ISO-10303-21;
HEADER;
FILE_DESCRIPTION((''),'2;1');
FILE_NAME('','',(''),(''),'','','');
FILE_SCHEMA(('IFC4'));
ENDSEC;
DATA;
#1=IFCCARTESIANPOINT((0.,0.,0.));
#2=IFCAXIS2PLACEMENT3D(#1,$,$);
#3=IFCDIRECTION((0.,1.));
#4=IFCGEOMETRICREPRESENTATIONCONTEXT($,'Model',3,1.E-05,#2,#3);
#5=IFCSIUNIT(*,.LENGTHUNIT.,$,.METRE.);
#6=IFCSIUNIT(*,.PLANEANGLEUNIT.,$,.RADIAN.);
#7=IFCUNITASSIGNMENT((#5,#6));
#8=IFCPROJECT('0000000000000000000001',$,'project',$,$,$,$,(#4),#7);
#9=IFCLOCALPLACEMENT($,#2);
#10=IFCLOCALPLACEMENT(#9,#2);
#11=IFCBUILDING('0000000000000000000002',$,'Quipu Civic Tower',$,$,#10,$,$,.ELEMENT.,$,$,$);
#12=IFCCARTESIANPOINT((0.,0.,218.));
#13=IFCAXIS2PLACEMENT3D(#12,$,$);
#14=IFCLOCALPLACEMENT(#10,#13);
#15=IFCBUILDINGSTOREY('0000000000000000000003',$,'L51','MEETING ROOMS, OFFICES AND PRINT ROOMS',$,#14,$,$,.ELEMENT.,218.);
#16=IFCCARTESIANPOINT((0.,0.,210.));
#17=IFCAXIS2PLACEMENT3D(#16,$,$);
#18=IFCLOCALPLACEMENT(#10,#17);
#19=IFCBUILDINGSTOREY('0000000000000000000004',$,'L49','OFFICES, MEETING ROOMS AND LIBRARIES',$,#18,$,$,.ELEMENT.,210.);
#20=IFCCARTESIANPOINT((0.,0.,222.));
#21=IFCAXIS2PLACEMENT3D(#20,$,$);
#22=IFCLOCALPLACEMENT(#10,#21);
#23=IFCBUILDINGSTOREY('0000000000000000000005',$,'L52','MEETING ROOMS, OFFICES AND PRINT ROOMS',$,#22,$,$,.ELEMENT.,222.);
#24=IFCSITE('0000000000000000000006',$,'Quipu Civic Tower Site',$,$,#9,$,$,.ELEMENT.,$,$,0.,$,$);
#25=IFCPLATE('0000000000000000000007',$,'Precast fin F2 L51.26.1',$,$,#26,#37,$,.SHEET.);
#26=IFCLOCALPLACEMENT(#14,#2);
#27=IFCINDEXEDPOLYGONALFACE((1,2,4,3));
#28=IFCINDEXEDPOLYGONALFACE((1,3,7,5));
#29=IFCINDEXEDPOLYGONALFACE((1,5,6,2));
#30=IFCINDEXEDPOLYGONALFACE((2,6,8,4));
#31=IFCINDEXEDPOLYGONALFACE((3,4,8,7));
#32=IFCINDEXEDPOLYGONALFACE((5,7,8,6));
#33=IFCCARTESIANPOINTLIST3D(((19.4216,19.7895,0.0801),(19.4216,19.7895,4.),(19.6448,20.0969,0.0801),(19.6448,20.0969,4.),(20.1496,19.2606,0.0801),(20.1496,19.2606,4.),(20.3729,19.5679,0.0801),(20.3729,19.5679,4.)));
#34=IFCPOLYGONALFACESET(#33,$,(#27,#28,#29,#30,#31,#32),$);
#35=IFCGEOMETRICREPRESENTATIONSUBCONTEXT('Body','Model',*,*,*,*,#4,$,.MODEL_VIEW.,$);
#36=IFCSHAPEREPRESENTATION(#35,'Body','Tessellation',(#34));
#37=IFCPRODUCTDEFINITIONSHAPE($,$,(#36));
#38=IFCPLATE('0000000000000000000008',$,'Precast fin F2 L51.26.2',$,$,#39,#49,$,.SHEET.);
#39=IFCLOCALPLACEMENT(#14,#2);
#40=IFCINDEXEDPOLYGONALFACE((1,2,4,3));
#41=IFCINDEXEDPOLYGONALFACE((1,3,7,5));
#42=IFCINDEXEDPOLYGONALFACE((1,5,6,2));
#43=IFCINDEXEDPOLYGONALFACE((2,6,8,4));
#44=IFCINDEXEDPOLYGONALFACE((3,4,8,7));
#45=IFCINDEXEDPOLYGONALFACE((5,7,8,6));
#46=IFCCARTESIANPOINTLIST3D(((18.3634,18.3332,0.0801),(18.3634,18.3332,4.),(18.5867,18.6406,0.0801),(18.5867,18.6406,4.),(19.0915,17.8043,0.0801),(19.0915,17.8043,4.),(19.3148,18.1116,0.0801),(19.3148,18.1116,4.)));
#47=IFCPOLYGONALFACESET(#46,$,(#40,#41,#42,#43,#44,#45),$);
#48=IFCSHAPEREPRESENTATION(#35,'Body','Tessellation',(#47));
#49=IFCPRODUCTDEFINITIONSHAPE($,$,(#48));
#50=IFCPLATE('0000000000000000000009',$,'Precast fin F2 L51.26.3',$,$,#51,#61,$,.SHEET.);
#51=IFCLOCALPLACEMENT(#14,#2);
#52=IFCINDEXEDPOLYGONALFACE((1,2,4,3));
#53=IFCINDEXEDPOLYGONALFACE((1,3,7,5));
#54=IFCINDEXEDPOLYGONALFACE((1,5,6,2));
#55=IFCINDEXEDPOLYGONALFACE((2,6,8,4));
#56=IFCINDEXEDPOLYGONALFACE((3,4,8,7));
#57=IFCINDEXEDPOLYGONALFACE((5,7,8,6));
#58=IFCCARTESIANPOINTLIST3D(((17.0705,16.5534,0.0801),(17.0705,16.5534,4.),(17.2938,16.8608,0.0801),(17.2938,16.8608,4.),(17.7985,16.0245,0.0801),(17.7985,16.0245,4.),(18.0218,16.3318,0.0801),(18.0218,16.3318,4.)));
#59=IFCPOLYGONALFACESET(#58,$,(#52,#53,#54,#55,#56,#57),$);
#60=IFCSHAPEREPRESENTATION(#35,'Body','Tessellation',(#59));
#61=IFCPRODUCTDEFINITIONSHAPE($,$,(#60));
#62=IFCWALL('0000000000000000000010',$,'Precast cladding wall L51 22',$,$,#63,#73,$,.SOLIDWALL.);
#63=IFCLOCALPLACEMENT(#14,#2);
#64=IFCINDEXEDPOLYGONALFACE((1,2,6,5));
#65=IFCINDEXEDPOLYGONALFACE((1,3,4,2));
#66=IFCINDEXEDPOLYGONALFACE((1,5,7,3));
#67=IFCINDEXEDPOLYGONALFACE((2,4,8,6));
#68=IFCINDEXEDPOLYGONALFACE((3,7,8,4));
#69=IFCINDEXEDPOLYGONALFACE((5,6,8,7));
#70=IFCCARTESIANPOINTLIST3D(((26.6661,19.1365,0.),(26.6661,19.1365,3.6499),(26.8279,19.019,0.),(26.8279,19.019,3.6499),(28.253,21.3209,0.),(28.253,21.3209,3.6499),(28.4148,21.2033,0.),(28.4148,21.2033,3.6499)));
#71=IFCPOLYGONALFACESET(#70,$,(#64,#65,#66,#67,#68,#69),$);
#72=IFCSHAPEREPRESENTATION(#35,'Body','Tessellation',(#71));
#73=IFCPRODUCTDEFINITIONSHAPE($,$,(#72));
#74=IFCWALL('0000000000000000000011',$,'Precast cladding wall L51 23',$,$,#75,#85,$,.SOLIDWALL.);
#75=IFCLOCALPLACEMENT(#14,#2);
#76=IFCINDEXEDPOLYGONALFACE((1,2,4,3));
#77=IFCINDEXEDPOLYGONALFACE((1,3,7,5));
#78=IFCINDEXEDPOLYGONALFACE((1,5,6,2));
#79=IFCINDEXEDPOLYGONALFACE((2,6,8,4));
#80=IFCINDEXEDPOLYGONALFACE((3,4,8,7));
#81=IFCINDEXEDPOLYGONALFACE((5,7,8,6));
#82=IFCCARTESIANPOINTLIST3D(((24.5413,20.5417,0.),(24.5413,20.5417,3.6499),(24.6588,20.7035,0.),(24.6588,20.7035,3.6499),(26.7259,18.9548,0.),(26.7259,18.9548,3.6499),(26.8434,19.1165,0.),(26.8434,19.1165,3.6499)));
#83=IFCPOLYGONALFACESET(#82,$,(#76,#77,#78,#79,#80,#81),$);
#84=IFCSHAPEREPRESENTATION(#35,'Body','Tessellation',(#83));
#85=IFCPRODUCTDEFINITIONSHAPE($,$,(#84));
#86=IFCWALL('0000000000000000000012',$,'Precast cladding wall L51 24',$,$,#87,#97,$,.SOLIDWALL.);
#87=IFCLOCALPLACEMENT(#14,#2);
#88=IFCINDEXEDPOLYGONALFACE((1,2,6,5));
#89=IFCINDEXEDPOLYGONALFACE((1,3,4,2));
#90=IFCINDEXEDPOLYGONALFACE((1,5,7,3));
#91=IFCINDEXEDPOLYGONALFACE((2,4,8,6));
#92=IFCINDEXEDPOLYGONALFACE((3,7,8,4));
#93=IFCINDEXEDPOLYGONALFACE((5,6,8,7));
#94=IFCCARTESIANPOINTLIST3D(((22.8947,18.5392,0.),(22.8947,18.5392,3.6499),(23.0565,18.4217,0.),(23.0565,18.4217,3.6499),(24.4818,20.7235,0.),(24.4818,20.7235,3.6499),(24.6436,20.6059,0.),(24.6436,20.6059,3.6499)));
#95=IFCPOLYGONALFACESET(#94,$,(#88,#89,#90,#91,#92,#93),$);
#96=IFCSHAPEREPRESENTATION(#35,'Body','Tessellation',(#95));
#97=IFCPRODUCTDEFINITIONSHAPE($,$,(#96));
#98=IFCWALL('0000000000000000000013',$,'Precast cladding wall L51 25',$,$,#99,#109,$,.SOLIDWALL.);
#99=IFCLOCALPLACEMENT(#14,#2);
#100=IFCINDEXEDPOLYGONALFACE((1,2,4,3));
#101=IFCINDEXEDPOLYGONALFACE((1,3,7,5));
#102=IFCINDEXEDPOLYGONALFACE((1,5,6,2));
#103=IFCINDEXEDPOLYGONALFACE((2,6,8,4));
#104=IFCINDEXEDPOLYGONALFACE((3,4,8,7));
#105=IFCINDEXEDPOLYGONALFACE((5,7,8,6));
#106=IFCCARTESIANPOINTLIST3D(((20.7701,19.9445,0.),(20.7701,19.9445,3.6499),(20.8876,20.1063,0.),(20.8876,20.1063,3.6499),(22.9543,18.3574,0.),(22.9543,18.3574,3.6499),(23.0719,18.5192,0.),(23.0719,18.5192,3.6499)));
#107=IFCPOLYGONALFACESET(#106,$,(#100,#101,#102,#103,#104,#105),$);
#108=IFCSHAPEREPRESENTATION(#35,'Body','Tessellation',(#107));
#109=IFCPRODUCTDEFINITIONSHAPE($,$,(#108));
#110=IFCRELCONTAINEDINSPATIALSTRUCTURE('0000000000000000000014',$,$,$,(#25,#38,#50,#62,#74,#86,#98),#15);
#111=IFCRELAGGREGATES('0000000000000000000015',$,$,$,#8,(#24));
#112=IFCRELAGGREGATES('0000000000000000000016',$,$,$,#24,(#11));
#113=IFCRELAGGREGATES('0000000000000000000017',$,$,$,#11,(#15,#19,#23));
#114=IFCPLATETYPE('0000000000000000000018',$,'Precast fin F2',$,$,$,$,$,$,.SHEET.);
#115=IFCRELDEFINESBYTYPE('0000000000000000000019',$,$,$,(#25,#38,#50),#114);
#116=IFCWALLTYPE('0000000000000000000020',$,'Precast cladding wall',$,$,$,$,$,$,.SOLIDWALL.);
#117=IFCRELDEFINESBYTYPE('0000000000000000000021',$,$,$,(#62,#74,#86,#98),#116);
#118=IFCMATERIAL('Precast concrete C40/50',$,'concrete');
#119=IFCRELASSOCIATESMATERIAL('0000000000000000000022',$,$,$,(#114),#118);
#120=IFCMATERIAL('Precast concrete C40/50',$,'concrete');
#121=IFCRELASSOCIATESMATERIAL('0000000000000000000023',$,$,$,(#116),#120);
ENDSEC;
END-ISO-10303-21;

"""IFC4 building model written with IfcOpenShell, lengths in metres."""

from ifc_helpers import new_model, si_unit, direction, frame, frame_2d, origin, origin_2d, place, context, subcontext, project, spatial, rectangle, extrude, material, type_object, element, save


model = new_model("IFC4")

# Units and contexts
model_context = context("Model", 3, precision=1e-05, world=origin(), true_north=direction((0.0, 1.0)))
body_context = subcontext(model_context, "Body", "Model", "MODEL_VIEW")
ifc_project = project(units=[si_unit("LENGTHUNIT", "METRE"), si_unit("PLANEANGLEUNIT", "RADIAN")], contexts=[model_context])

# Site, building, storey
site_placement = place(None, origin())
site = spatial("IfcSite", under=ifc_project, at=site_placement, Name="Quipu Civic Tower Site", CompositionType="ELEMENT", RefElevation=0.0)
building_placement = place(site_placement, origin())
building = spatial("IfcBuilding", under=site, at=building_placement, Name="Quipu Civic Tower", CompositionType="ELEMENT")
storey_1_placement = place(building_placement, frame((0.0, 0.0, 218.0)))
storey_1 = spatial("IfcBuildingStorey", under=building, at=storey_1_placement, Name="L51", Description="MEETING ROOMS, OFFICES AND PRINT ROOMS", CompositionType="ELEMENT", Elevation=218.0)

# Shared definitions
storey_2_placement = place(building_placement, frame((0.0, 0.0, 210.0)))
storey_2 = spatial("IfcBuildingStorey", under=building, at=storey_2_placement, Name="L49", Description="OFFICES, MEETING ROOMS AND LIBRARIES", CompositionType="ELEMENT", Elevation=210.0)

# Shared definitions
storey_3_placement = place(building_placement, frame((0.0, 0.0, 222.0)))
storey_3 = spatial("IfcBuildingStorey", under=building, at=storey_3_placement, Name="L52", Description="MEETING ROOMS, OFFICES AND PRINT ROOMS", CompositionType="ELEMENT", Elevation=222.0)

# Plates
ifc_material_1 = material(Name="Precast concrete C40/50", Category="concrete")
plate_type_1 = type_object("IfcPlateType", Name="Precast fin F2", PredefinedType="SHEET", material=ifc_material_1)
for number, where, z_axis, x_axis, name in (
    (1, (19.8972, 19.6787, 0.0801), (0.0, 0.0, 1.0), (-0.587784, -0.809018, 0.0), "Precast fin F2 L51.26.1"),
    (2, (18.8391, 18.2224, 0.0801), (0.0, 0.0, 1.0), (-0.587784, -0.809018, 0.0), "Precast fin F2 L51.26.2"),
    (3, (17.5461, 16.4426, 0.0801), (0.0, 0.0, 1.0), (-0.587784, -0.809018, 0.0), "Precast fin F2 L51.26.3"),
):
    element("IfcPlate", number, at=place(storey_1_placement, frame(where, z_axis=z_axis, x_axis=x_axis)), inside=storey_1, type_object=plate_type_1, Name=name, PredefinedType="SHEET", context=body_context, shape_type="SweptSolid", body=[
        extrude(rectangle(XDim=0.3799, YDim=0.8999, at=origin_2d()), origin(), (0.0, 0.0, 1.0), 3.9199),
    ])

# Walls
ifc_material_2 = material(Name="Precast concrete C40/50", Category="concrete")
wall_type = type_object("IfcWallType", Name="Precast cladding wall", PredefinedType="SOLIDWALL", material=ifc_material_2)
wall_1_placement = place(storey_1_placement, frame((28.334, 21.2622, 0.0), z_axis=(0.0, 0.0, 1.0), x_axis=(-0.587763, -0.809033, 0.0)))
element("IfcWall", 4, at=wall_1_placement, inside=storey_1, type_object=wall_type, Name="Precast cladding wall L51 22", PredefinedType="SOLIDWALL", context=body_context, shape_type="SweptSolid", body=[
    extrude(rectangle(XDim=2.7, YDim=0.2, at=frame_2d((1.3501, 0.0))), origin(), (0.0, 0.0, 1.0), 3.6499),
])
wall_2_placement = place(storey_1_placement, frame((26.7847, 19.0356, 0.0), z_axis=(0.0, 0.0, 1.0), x_axis=(-0.809064, 0.58772, 0.0)))
element("IfcWall", 5, at=wall_2_placement, inside=storey_1, type_object=wall_type, Name="Precast cladding wall L51 23", PredefinedType="SOLIDWALL", context=body_context, shape_type="SweptSolid", body=[
    extrude(rectangle(XDim=2.7002, YDim=0.2, at=frame_2d((1.3501, 0.0))), origin(), (0.0, 0.0, 1.0), 3.6499),
])
for number, where, z_axis, x_axis, name in (
    (6, (24.5627, 20.6648, 0.0), (0.0, 0.0, 1.0), (-0.587822, -0.80899, 0.0), "Precast cladding wall L51 24"),
    (7, (23.0132, 18.4382, 0.0), (0.0, 0.0, 1.0), (-0.80899, 0.587822, 0.0), "Precast cladding wall L51 25"),
):
    element("IfcWall", number, at=place(storey_1_placement, frame(where, z_axis=z_axis, x_axis=x_axis)), inside=storey_1, type_object=wall_type, Name=name, PredefinedType="SOLIDWALL", context=body_context, shape_type="SweptSolid", body=[
        extrude(rectangle(XDim=2.7, YDim=0.2, at=frame_2d((1.3501, 0.0))), origin(), (0.0, 0.0, 1.0), 3.6499),
    ])

save(model, "model.ifc")
